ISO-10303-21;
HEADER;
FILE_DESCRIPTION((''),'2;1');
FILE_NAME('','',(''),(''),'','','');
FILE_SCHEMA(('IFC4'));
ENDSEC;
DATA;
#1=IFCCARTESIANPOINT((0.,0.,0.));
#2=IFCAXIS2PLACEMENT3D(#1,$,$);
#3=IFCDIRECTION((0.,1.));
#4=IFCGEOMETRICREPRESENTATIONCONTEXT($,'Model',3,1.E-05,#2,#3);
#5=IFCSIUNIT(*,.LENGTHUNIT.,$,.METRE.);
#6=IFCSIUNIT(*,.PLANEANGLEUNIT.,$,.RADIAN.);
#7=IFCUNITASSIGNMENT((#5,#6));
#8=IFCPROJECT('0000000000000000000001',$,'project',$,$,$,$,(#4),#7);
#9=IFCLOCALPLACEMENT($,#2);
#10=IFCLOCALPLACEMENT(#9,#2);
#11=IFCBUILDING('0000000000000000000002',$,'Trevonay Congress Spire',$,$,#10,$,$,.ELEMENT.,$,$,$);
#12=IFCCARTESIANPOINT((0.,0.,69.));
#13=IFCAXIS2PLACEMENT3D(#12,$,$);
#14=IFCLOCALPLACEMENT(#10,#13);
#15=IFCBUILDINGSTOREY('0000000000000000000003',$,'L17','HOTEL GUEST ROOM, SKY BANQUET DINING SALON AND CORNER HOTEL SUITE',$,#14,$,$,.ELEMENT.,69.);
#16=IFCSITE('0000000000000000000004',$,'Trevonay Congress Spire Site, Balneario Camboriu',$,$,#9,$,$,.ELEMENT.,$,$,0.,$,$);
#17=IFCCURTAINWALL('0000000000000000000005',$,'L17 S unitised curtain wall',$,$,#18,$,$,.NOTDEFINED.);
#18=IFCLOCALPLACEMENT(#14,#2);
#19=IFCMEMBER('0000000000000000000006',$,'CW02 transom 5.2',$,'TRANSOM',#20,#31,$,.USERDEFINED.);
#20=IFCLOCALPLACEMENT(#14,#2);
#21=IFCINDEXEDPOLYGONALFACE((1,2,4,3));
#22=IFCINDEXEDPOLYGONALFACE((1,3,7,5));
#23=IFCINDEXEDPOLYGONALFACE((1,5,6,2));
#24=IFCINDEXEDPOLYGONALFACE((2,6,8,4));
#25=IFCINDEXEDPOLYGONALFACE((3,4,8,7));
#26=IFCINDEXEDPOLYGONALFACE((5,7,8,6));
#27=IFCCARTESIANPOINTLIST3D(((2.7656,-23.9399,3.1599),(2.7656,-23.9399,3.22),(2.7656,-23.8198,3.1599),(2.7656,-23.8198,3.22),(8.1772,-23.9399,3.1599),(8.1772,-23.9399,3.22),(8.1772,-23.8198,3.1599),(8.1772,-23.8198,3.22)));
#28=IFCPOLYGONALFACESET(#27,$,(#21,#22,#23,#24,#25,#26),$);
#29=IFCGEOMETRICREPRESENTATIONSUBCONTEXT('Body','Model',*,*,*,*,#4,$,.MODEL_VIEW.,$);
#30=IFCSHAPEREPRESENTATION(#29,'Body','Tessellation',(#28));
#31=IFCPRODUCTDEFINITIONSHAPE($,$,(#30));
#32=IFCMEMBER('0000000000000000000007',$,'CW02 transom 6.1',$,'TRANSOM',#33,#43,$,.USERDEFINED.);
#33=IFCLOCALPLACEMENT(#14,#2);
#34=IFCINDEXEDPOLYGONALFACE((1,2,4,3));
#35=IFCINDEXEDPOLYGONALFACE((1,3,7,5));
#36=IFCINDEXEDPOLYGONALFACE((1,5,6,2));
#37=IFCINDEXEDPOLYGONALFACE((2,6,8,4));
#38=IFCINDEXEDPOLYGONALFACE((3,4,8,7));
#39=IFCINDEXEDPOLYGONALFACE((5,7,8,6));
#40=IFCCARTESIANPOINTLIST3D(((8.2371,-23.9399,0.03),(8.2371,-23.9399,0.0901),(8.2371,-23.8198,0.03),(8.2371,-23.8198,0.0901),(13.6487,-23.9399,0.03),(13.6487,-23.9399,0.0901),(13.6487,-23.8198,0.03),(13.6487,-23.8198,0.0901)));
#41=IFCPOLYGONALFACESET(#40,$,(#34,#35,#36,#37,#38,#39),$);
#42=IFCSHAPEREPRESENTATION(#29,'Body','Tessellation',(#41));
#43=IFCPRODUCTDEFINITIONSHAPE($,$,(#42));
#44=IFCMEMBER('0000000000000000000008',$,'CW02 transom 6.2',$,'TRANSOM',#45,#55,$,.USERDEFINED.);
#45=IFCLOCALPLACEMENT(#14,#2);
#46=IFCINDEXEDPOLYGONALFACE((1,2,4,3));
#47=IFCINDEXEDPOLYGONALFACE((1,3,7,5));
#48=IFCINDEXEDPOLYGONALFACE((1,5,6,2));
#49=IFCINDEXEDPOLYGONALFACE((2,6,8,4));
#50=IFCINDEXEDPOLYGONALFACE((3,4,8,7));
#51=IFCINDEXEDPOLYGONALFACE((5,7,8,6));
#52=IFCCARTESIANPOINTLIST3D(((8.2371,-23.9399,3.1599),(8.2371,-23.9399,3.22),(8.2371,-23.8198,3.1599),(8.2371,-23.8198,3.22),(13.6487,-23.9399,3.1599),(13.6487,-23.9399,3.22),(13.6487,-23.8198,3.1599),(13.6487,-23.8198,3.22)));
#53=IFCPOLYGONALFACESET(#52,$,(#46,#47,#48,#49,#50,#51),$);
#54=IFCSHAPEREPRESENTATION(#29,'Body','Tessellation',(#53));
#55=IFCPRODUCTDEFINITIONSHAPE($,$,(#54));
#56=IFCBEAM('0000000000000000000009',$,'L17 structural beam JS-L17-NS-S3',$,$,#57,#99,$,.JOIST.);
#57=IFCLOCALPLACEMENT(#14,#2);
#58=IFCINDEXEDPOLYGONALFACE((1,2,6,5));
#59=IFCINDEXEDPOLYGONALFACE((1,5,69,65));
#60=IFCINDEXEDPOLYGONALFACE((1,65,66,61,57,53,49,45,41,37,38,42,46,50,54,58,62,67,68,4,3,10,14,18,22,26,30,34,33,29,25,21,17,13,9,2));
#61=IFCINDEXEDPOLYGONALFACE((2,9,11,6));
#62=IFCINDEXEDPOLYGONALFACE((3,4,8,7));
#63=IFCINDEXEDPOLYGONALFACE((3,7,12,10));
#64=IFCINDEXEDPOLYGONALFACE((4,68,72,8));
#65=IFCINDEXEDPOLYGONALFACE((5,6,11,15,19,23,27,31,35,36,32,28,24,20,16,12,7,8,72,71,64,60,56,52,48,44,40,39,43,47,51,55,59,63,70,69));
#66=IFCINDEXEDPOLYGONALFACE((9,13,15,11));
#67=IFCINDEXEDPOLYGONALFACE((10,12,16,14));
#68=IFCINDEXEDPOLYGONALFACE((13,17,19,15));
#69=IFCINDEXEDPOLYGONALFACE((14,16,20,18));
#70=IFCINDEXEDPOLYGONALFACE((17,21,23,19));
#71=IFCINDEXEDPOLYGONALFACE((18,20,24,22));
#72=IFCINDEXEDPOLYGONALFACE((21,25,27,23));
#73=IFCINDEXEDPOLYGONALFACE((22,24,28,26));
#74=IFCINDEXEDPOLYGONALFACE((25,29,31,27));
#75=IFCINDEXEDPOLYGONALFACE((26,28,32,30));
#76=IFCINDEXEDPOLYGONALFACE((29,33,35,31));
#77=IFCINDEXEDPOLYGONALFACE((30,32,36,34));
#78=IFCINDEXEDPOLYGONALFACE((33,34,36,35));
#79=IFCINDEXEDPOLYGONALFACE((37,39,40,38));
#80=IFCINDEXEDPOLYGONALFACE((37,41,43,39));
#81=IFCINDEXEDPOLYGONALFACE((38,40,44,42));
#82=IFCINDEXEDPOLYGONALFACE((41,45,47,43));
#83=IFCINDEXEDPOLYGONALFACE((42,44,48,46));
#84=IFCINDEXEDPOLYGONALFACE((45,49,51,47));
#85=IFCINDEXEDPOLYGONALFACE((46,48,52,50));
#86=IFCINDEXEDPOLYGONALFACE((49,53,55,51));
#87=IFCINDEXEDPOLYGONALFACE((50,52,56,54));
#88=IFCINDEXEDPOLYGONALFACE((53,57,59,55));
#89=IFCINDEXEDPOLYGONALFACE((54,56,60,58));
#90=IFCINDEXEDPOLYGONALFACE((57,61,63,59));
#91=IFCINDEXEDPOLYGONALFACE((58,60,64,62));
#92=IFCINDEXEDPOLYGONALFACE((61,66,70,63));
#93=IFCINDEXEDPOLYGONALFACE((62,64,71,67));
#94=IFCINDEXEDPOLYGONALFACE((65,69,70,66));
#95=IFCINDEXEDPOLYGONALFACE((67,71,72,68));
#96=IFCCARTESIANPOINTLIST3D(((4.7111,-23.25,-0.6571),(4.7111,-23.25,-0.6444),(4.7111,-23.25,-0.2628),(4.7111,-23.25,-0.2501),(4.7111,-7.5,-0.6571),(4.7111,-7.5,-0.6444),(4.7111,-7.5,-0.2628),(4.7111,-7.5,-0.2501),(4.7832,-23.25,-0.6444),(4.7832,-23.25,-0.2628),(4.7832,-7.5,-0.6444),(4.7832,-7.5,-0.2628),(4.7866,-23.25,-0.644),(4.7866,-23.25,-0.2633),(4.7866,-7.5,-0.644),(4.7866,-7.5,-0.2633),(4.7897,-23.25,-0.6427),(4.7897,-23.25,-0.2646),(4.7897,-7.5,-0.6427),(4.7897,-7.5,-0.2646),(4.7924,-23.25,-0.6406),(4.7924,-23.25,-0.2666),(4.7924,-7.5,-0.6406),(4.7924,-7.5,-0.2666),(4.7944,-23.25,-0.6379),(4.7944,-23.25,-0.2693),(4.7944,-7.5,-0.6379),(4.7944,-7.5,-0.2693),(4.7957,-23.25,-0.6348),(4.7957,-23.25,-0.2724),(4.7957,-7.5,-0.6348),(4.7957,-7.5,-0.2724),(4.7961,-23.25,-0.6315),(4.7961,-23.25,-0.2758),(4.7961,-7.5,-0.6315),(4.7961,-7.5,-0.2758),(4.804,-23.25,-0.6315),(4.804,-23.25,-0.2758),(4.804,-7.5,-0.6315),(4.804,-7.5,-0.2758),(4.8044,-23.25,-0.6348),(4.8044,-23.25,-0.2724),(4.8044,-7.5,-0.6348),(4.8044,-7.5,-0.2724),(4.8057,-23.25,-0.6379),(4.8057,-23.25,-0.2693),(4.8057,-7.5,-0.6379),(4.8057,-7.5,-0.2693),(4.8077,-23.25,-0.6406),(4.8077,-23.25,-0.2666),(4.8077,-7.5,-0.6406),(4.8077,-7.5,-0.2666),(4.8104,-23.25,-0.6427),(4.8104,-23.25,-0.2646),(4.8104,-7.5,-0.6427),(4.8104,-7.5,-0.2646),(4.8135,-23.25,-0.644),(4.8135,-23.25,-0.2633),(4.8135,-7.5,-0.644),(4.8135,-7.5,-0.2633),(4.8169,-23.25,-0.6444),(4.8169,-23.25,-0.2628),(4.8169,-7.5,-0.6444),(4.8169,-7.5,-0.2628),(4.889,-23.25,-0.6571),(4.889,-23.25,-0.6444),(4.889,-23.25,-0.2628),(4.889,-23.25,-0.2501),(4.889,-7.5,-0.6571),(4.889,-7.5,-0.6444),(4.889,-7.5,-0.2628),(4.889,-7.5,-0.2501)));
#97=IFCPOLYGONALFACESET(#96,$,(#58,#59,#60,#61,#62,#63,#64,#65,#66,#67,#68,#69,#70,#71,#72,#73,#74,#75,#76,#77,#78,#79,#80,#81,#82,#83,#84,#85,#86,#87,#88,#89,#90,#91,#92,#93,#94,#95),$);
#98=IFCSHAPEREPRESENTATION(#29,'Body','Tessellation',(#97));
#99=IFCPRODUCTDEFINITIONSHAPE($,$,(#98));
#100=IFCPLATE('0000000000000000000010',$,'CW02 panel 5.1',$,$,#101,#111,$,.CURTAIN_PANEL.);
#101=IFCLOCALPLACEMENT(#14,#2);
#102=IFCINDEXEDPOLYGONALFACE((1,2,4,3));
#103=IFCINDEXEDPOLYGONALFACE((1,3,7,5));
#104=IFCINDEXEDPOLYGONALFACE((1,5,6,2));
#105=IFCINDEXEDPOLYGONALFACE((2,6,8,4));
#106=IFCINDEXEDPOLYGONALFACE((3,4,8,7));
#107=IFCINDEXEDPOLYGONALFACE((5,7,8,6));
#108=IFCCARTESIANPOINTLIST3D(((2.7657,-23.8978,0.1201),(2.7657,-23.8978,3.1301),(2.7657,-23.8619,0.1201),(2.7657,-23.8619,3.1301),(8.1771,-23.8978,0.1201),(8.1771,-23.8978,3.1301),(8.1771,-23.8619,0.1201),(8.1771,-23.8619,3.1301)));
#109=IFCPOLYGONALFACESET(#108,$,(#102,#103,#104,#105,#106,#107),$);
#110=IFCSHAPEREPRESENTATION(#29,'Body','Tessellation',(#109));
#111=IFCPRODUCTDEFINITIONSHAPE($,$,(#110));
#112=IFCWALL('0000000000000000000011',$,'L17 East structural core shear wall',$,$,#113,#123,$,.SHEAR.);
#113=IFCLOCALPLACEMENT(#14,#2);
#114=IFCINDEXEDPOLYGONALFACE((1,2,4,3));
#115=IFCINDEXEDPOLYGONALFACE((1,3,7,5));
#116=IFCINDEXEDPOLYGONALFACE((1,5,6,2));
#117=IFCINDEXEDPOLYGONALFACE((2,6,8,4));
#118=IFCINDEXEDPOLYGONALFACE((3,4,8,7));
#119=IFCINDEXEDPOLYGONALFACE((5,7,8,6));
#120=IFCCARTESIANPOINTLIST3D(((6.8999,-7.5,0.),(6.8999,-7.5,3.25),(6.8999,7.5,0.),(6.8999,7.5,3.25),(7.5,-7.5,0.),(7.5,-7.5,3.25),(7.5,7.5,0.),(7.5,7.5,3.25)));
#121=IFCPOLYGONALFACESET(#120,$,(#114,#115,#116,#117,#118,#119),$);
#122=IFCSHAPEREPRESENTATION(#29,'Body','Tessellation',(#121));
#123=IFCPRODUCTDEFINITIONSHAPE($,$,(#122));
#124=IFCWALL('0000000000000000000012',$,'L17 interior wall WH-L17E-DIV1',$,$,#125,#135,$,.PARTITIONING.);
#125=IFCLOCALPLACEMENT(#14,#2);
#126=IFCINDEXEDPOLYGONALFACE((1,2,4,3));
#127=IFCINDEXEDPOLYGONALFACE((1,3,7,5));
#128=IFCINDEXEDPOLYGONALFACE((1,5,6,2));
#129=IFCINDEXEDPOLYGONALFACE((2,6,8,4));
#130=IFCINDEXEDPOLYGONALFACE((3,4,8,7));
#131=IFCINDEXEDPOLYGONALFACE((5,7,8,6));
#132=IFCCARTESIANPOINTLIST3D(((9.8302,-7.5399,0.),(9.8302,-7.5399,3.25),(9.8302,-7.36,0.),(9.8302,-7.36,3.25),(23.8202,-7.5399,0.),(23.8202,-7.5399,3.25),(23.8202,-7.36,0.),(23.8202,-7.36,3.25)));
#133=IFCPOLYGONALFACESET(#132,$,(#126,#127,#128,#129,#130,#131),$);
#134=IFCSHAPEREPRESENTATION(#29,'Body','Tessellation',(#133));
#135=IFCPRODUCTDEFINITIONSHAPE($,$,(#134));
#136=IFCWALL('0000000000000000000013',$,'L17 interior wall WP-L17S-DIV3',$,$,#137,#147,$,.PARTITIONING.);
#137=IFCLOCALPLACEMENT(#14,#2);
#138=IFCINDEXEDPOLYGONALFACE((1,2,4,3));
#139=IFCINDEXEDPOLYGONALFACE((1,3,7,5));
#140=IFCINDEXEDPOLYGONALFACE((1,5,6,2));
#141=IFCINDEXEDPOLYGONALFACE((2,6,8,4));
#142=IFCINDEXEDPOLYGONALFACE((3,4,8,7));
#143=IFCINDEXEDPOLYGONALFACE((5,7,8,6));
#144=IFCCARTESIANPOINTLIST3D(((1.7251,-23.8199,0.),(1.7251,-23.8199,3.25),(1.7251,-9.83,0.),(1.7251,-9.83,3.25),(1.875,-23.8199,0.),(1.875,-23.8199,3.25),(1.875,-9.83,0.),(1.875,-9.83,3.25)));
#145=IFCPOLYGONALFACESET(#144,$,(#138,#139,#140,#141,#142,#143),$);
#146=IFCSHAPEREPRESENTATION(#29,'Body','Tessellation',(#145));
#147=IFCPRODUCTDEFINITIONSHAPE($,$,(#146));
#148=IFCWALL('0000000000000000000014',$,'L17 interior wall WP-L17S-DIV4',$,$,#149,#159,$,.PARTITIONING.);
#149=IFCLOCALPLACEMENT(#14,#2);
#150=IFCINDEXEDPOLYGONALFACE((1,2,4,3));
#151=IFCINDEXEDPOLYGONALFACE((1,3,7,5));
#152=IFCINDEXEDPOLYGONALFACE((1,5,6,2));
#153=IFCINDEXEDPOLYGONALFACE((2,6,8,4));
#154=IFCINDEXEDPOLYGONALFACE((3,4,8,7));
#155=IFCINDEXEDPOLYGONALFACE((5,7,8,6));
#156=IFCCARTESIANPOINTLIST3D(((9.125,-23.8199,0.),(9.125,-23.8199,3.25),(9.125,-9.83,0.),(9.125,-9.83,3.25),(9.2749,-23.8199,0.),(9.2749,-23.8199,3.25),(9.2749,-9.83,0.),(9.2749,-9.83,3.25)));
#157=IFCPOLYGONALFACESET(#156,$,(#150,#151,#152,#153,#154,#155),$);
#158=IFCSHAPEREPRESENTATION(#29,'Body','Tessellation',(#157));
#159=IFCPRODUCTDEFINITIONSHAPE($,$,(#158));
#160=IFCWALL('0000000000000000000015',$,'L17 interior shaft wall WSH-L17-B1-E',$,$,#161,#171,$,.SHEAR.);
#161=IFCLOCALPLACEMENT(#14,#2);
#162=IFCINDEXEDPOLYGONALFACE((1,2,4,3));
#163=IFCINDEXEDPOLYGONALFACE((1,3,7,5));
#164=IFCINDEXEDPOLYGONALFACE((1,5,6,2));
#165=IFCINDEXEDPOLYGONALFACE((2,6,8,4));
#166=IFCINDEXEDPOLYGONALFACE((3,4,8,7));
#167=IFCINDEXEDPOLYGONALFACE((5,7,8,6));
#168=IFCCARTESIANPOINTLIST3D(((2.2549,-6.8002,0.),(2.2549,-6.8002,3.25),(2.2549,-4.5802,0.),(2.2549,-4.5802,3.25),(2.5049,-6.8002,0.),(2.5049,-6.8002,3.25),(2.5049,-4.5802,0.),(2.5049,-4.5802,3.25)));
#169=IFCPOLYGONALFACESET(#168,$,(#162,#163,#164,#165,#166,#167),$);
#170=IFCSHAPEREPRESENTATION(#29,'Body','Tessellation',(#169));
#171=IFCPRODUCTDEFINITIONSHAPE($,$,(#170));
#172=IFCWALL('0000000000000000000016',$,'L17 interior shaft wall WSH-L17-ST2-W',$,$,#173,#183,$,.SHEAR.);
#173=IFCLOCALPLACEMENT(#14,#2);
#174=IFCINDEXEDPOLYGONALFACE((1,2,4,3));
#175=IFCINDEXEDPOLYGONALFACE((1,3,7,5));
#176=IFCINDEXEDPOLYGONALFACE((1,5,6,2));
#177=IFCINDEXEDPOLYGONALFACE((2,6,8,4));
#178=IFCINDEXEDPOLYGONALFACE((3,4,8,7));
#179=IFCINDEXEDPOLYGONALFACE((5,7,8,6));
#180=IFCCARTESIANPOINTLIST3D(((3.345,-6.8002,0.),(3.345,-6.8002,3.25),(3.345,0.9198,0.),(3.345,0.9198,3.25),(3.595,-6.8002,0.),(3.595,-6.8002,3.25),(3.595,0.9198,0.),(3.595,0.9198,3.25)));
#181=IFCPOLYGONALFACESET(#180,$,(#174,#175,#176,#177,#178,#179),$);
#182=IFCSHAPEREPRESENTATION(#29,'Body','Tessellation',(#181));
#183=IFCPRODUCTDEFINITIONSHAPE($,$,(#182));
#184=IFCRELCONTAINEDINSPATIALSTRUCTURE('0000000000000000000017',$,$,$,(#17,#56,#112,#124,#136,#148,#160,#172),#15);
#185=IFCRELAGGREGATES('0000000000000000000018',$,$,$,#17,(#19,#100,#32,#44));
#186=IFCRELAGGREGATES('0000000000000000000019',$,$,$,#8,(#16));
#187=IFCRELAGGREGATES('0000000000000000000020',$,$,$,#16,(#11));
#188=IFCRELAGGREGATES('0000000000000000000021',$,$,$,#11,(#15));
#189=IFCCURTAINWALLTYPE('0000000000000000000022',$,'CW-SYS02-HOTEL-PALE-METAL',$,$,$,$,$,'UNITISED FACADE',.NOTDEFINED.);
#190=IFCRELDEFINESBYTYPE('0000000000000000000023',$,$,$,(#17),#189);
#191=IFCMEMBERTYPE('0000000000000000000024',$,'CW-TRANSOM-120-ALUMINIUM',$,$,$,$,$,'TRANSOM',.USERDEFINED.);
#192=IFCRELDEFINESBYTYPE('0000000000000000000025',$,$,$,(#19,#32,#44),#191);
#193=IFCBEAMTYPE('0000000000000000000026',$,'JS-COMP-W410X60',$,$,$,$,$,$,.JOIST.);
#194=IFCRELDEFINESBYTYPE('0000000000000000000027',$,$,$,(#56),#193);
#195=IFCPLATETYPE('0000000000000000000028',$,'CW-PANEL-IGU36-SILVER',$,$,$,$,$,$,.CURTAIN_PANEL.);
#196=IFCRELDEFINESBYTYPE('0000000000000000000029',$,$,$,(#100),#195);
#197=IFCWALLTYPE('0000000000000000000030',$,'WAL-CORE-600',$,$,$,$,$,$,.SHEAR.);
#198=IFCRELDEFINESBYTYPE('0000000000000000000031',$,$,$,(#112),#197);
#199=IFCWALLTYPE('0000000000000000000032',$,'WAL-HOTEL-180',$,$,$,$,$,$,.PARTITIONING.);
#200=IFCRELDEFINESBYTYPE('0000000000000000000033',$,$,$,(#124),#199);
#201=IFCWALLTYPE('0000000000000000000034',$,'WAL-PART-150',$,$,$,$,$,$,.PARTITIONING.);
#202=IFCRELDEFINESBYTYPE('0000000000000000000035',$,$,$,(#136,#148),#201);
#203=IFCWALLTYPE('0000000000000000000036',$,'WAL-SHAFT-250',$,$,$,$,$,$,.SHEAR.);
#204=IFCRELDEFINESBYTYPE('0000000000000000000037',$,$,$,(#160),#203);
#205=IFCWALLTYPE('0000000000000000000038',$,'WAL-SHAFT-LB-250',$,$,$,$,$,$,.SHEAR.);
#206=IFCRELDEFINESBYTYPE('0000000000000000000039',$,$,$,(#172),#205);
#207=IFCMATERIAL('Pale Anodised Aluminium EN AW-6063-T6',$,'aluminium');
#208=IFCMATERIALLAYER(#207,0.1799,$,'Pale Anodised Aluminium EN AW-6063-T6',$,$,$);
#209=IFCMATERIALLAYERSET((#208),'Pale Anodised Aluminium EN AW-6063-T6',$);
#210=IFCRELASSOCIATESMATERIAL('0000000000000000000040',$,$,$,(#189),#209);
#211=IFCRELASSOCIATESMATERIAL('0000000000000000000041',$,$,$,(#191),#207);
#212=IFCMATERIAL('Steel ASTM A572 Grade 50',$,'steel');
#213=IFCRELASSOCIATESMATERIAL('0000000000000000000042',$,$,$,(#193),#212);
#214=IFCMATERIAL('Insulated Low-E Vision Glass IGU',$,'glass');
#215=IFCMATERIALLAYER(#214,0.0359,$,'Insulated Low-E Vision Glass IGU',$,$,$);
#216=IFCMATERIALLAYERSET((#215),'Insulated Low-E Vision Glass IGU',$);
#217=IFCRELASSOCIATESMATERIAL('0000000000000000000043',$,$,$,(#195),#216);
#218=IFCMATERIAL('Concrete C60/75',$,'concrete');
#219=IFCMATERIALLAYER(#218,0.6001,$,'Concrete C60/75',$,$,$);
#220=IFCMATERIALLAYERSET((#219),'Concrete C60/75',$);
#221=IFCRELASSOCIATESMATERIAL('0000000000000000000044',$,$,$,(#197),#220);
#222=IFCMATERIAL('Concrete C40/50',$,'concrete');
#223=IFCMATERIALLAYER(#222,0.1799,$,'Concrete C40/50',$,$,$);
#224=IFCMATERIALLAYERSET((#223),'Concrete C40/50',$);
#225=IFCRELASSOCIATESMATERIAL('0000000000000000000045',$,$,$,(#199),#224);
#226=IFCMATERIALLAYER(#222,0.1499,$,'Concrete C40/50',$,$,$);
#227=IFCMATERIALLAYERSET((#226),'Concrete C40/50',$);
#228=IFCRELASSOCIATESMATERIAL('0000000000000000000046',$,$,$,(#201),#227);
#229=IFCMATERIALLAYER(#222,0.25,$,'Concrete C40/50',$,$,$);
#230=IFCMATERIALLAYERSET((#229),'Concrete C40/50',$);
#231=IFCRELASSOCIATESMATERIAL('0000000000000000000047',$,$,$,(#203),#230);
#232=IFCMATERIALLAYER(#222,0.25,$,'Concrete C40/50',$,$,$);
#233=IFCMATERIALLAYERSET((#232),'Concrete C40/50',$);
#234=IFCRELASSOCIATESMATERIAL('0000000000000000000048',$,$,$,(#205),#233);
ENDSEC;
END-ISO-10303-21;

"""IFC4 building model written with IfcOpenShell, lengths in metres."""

from ifc_helpers import new_model, si_unit, direction, frame, frame_2d, origin, origin_2d, place, context, subcontext, project, spatial, rectangle, i_section, extrude, material, layer, layer_set, material_profile, profile_set, type_object, element, aggregate, save


model = new_model("IFC4")

# Units and contexts
model_context = context("Model", 3, precision=1e-05, world=origin(), true_north=direction((0.0, 1.0)))
body_context = subcontext(model_context, "Body", "Model", "MODEL_VIEW")
ifc_project = project(units=[si_unit("LENGTHUNIT", "METRE"), si_unit("PLANEANGLEUNIT", "RADIAN")], contexts=[model_context])

# Site, building, storey
site_placement = place(None, origin())
site = spatial("IfcSite", under=ifc_project, at=site_placement, Name="Trevonay Congress Spire Site, Balneario Camboriu", CompositionType="ELEMENT", RefElevation=0.0)
building_placement = place(site_placement, origin())
building = spatial("IfcBuilding", under=site, at=building_placement, Name="Trevonay Congress Spire", CompositionType="ELEMENT")
storey_placement = place(building_placement, frame((0.0, 0.0, 69.0)))
storey = spatial("IfcBuildingStorey", under=building, at=storey_placement, Name="L17", Description="HOTEL GUEST ROOM, SKY BANQUET DINING SALON AND CORNER HOTEL SUITE", CompositionType="ELEMENT", Elevation=69.0)

# Shared definitions
ifc_material_1 = material(Name="Steel ASTM A572 Grade 50", Category="steel")

# Curtain wall, members
ifc_material_2 = material(Name="Pale Anodised Aluminium EN AW-6063-T6", Category="aluminium")
ifc_layer_1 = layer(ifc_material_2, 0.1799, Name="Pale Anodised Aluminium EN AW-6063-T6")
ifc_layer_set_1 = layer_set([ifc_layer_1], Name="Pale Anodised Aluminium EN AW-6063-T6")
curtain_wall_type = type_object("IfcCurtainWallType", Name="CW-SYS02-HOTEL-PALE-METAL", ElementType="UNITISED FACADE", PredefinedType="NOTDEFINED", material=ifc_layer_set_1)
curtain_wall_placement = place(storey_placement, origin())
curtain_wall = element("IfcCurtainWall", 1, at=curtain_wall_placement, inside=storey, type_object=curtain_wall_type, Name="L17 S unitised curtain wall", PredefinedType="NOTDEFINED")
ifc_material_profile_1 = material_profile(ifc_material_2, rectangle(XDim=0.1201, YDim=0.0601, at=origin_2d()), Name="CW-TRANSOM-120-ALUMINIUM")
ifc_profile_set_1 = profile_set([ifc_material_profile_1], Name="Pale Anodised Aluminium EN AW-6063-T6")
member_type_1 = type_object("IfcMemberType", Name="CW-TRANSOM-120-ALUMINIUM", ElementType="TRANSOM", PredefinedType="USERDEFINED", material=ifc_profile_set_1)
member_1_placement = place(storey_placement, frame((2.7656, -23.8799, 3.1899), z_axis=(1.0, 0.0, 0.0), x_axis=(0.0, 1.0, 0.0)))
member_1 = element("IfcMember", 2, at=member_1_placement, type_object=member_type_1, Name="CW02 transom 5.2", ObjectType="TRANSOM", PredefinedType="USERDEFINED", context=body_context, shape_type="SweptSolid", body=[
    extrude(rectangle(XDim=0.1201, YDim=0.0601, at=origin_2d()), origin(), (0.0, 0.0, 1.0), 5.4116),
])
member_2_placement = place(storey_placement, frame((8.2371, -23.8799, 0.0601), z_axis=(1.0, 0.0, 0.0), x_axis=(0.0, 1.0, 0.0)))
member_2 = element("IfcMember", 3, at=member_2_placement, type_object=member_type_1, Name="CW02 transom 6.1", ObjectType="TRANSOM", PredefinedType="USERDEFINED", context=body_context, shape_type="SweptSolid", body=[
    extrude(rectangle(XDim=0.1201, YDim=0.0601, at=origin_2d()), origin(), (0.0, 0.0, 1.0), 5.4116),
])
member_3_placement = place(storey_placement, frame((8.2371, -23.8799, 3.1899), z_axis=(1.0, 0.0, 0.0), x_axis=(0.0, 1.0, 0.0)))
member_3 = element("IfcMember", 4, at=member_3_placement, type_object=member_type_1, Name="CW02 transom 6.2", ObjectType="TRANSOM", PredefinedType="USERDEFINED", context=body_context, shape_type="SweptSolid", body=[
    extrude(rectangle(XDim=0.1201, YDim=0.0601, at=origin_2d()), origin(), (0.0, 0.0, 1.0), 5.4116),
])

# Beam
ifc_material_profile_2 = material_profile(ifc_material_1, i_section(OverallWidth=0.178, OverallDepth=0.407, WebThickness=0.0078, FlangeThickness=0.0127, FilletRadius=0.0129, at=origin_2d()), Name="W410x60")
ifc_profile_set_2 = profile_set([ifc_material_profile_2], Name="Steel ASTM A572 Grade 50")
beam_type_1 = type_object("IfcBeamType", Name="JS-COMP-W410X60", PredefinedType="JOIST", material=ifc_profile_set_2)
beam_1_placement = place(storey_placement, frame((4.8, -23.25, -0.4536), z_axis=(0.0, 1.0, 0.0), x_axis=(-1.0, 0.0, 0.0)))
element("IfcBeam", 5, at=beam_1_placement, inside=storey, type_object=beam_type_1, Name="L17 structural beam JS-L17-NS-S3", PredefinedType="JOIST", context=body_context, shape_type="SweptSolid", body=[
    extrude(i_section(OverallWidth=0.178, OverallDepth=0.407, WebThickness=0.0078, FlangeThickness=0.0127, FilletRadius=0.0129, at=origin_2d()), origin(), (0.0, 0.0, 1.0), 15.75),
])

# Plate
ifc_material_3 = material(Name="Insulated Low-E Vision Glass IGU", Category="glass")
ifc_layer_2 = layer(ifc_material_3, 0.0359, Name="Insulated Low-E Vision Glass IGU")
ifc_layer_set_2 = layer_set([ifc_layer_2], Name="Insulated Low-E Vision Glass IGU")
plate_type = type_object("IfcPlateType", Name="CW-PANEL-IGU36-SILVER", PredefinedType="CURTAIN_PANEL", material=ifc_layer_set_2)
plate_placement = place(storey_placement, frame((5.4714, -23.8799, 0.1201), z_axis=(0.0, 0.0, 1.0), x_axis=(1.0, 0.0, 0.0)))
plate = element("IfcPlate", 6, at=plate_placement, type_object=plate_type, Name="CW02 panel 5.1", PredefinedType="CURTAIN_PANEL", context=body_context, shape_type="SweptSolid", body=[
    extrude(rectangle(XDim=5.4114, YDim=0.0359, at=origin_2d()), origin(), (0.0, 0.0, 1.0), 3.01),
])
aggregate(curtain_wall, [member_1, plate, member_2, member_3])

# Walls
ifc_material_4 = material(Name="Concrete C60/75", Category="concrete")
ifc_layer_3 = layer(ifc_material_4, 0.6001, Name="Concrete C60/75")
ifc_layer_set_3 = layer_set([ifc_layer_3], Name="Concrete C60/75")
wall_type_1 = type_object("IfcWallType", Name="WAL-CORE-600", PredefinedType="SHEAR", material=ifc_layer_set_3)
wall_1_placement = place(storey_placement, frame((7.2, -7.5, 0.0), z_axis=(0.0, 0.0, 1.0), x_axis=(0.0, 1.0, 0.0)))
element("IfcWall", 7, at=wall_1_placement, inside=storey, type_object=wall_type_1, Name="L17 East structural core shear wall", PredefinedType="SHEAR", context=body_context, shape_type="SweptSolid", body=[
    extrude(rectangle(XDim=15.0, YDim=0.6001, at=frame_2d((7.5, 0.0))), origin(), (0.0, 0.0, 1.0), 3.25),
])
ifc_material_5 = material(Name="Concrete C40/50", Category="concrete")
ifc_layer_4 = layer(ifc_material_5, 0.1799, Name="Concrete C40/50")
ifc_layer_set_4 = layer_set([ifc_layer_4], Name="Concrete C40/50")
wall_type_2 = type_object("IfcWallType", Name="WAL-HOTEL-180", PredefinedType="PARTITIONING", material=ifc_layer_set_4)
wall_2_placement = place(storey_placement, frame((9.8301, -7.45, 0.0), z_axis=(0.0, 0.0, 1.0), x_axis=(1.0, 0.0, 0.0)))
element("IfcWall", 8, at=wall_2_placement, inside=storey, type_object=wall_type_2, Name="L17 interior wall WH-L17E-DIV1", PredefinedType="PARTITIONING", context=body_context, shape_type="SweptSolid", body=[
    extrude(rectangle(XDim=13.99, YDim=0.1799, at=frame_2d((6.9951, 0.0))), origin(), (0.0, 0.0, 1.0), 3.25),
])
ifc_layer_5 = layer(ifc_material_5, 0.1499, Name="Concrete C40/50")
ifc_layer_set_5 = layer_set([ifc_layer_5], Name="Concrete C40/50")
wall_type_3 = type_object("IfcWallType", Name="WAL-PART-150", PredefinedType="PARTITIONING", material=ifc_layer_set_5)
for number, where, z_axis, x_axis, name in (
    (9, (1.8, -23.8201, 0.0), (0.0, 0.0, 1.0), (0.0, 1.0, 0.0), "L17 interior wall WP-L17S-DIV3"),
    (10, (9.2, -23.8201, 0.0), (0.0, 0.0, 1.0), (0.0, 1.0, 0.0), "L17 interior wall WP-L17S-DIV4"),
):
    element("IfcWall", number, at=place(storey_placement, frame(where, z_axis=z_axis, x_axis=x_axis)), inside=storey, type_object=wall_type_3, Name=name, PredefinedType="PARTITIONING", context=body_context, shape_type="SweptSolid", body=[
        extrude(rectangle(XDim=13.99, YDim=0.1499, at=frame_2d((6.9951, 0.0))), origin(), (0.0, 0.0, 1.0), 3.25),
    ])
ifc_layer_6 = layer(ifc_material_5, 0.25, Name="Concrete C40/50")
ifc_layer_set_6 = layer_set([ifc_layer_6], Name="Concrete C40/50")
wall_type_4 = type_object("IfcWallType", Name="WAL-SHAFT-250", PredefinedType="SHEAR", material=ifc_layer_set_6)
wall_3_placement = place(storey_placement, frame((2.3799, -6.8, 0.0), z_axis=(0.0, 0.0, 1.0), x_axis=(0.0, 1.0, 0.0)))
element("IfcWall", 11, at=wall_3_placement, inside=storey, type_object=wall_type_4, Name="L17 interior shaft wall WSH-L17-B1-E", PredefinedType="SHEAR", context=body_context, shape_type="SweptSolid", body=[
    extrude(rectangle(XDim=2.22, YDim=0.25, at=frame_2d((1.1099, 0.0))), origin(), (0.0, 0.0, 1.0), 3.25),
])
ifc_layer_7 = layer(ifc_material_5, 0.25, Name="Concrete C40/50")
ifc_layer_set_7 = layer_set([ifc_layer_7], Name="Concrete C40/50")
wall_type_5 = type_object("IfcWallType", Name="WAL-SHAFT-LB-250", PredefinedType="SHEAR", material=ifc_layer_set_7)
wall_4_placement = place(storey_placement, frame((3.47, -6.8, 0.0), z_axis=(0.0, 0.0, 1.0), x_axis=(0.0, 1.0, 0.0)))
element("IfcWall", 12, at=wall_4_placement, inside=storey, type_object=wall_type_5, Name="L17 interior shaft wall WSH-L17-ST2-W", PredefinedType="SHEAR", context=body_context, shape_type="SweptSolid", body=[
    extrude(rectangle(XDim=7.72, YDim=0.25, at=frame_2d((3.8599, 0.0))), origin(), (0.0, 0.0, 1.0), 3.25),
])

save(model, "model.ifc")
